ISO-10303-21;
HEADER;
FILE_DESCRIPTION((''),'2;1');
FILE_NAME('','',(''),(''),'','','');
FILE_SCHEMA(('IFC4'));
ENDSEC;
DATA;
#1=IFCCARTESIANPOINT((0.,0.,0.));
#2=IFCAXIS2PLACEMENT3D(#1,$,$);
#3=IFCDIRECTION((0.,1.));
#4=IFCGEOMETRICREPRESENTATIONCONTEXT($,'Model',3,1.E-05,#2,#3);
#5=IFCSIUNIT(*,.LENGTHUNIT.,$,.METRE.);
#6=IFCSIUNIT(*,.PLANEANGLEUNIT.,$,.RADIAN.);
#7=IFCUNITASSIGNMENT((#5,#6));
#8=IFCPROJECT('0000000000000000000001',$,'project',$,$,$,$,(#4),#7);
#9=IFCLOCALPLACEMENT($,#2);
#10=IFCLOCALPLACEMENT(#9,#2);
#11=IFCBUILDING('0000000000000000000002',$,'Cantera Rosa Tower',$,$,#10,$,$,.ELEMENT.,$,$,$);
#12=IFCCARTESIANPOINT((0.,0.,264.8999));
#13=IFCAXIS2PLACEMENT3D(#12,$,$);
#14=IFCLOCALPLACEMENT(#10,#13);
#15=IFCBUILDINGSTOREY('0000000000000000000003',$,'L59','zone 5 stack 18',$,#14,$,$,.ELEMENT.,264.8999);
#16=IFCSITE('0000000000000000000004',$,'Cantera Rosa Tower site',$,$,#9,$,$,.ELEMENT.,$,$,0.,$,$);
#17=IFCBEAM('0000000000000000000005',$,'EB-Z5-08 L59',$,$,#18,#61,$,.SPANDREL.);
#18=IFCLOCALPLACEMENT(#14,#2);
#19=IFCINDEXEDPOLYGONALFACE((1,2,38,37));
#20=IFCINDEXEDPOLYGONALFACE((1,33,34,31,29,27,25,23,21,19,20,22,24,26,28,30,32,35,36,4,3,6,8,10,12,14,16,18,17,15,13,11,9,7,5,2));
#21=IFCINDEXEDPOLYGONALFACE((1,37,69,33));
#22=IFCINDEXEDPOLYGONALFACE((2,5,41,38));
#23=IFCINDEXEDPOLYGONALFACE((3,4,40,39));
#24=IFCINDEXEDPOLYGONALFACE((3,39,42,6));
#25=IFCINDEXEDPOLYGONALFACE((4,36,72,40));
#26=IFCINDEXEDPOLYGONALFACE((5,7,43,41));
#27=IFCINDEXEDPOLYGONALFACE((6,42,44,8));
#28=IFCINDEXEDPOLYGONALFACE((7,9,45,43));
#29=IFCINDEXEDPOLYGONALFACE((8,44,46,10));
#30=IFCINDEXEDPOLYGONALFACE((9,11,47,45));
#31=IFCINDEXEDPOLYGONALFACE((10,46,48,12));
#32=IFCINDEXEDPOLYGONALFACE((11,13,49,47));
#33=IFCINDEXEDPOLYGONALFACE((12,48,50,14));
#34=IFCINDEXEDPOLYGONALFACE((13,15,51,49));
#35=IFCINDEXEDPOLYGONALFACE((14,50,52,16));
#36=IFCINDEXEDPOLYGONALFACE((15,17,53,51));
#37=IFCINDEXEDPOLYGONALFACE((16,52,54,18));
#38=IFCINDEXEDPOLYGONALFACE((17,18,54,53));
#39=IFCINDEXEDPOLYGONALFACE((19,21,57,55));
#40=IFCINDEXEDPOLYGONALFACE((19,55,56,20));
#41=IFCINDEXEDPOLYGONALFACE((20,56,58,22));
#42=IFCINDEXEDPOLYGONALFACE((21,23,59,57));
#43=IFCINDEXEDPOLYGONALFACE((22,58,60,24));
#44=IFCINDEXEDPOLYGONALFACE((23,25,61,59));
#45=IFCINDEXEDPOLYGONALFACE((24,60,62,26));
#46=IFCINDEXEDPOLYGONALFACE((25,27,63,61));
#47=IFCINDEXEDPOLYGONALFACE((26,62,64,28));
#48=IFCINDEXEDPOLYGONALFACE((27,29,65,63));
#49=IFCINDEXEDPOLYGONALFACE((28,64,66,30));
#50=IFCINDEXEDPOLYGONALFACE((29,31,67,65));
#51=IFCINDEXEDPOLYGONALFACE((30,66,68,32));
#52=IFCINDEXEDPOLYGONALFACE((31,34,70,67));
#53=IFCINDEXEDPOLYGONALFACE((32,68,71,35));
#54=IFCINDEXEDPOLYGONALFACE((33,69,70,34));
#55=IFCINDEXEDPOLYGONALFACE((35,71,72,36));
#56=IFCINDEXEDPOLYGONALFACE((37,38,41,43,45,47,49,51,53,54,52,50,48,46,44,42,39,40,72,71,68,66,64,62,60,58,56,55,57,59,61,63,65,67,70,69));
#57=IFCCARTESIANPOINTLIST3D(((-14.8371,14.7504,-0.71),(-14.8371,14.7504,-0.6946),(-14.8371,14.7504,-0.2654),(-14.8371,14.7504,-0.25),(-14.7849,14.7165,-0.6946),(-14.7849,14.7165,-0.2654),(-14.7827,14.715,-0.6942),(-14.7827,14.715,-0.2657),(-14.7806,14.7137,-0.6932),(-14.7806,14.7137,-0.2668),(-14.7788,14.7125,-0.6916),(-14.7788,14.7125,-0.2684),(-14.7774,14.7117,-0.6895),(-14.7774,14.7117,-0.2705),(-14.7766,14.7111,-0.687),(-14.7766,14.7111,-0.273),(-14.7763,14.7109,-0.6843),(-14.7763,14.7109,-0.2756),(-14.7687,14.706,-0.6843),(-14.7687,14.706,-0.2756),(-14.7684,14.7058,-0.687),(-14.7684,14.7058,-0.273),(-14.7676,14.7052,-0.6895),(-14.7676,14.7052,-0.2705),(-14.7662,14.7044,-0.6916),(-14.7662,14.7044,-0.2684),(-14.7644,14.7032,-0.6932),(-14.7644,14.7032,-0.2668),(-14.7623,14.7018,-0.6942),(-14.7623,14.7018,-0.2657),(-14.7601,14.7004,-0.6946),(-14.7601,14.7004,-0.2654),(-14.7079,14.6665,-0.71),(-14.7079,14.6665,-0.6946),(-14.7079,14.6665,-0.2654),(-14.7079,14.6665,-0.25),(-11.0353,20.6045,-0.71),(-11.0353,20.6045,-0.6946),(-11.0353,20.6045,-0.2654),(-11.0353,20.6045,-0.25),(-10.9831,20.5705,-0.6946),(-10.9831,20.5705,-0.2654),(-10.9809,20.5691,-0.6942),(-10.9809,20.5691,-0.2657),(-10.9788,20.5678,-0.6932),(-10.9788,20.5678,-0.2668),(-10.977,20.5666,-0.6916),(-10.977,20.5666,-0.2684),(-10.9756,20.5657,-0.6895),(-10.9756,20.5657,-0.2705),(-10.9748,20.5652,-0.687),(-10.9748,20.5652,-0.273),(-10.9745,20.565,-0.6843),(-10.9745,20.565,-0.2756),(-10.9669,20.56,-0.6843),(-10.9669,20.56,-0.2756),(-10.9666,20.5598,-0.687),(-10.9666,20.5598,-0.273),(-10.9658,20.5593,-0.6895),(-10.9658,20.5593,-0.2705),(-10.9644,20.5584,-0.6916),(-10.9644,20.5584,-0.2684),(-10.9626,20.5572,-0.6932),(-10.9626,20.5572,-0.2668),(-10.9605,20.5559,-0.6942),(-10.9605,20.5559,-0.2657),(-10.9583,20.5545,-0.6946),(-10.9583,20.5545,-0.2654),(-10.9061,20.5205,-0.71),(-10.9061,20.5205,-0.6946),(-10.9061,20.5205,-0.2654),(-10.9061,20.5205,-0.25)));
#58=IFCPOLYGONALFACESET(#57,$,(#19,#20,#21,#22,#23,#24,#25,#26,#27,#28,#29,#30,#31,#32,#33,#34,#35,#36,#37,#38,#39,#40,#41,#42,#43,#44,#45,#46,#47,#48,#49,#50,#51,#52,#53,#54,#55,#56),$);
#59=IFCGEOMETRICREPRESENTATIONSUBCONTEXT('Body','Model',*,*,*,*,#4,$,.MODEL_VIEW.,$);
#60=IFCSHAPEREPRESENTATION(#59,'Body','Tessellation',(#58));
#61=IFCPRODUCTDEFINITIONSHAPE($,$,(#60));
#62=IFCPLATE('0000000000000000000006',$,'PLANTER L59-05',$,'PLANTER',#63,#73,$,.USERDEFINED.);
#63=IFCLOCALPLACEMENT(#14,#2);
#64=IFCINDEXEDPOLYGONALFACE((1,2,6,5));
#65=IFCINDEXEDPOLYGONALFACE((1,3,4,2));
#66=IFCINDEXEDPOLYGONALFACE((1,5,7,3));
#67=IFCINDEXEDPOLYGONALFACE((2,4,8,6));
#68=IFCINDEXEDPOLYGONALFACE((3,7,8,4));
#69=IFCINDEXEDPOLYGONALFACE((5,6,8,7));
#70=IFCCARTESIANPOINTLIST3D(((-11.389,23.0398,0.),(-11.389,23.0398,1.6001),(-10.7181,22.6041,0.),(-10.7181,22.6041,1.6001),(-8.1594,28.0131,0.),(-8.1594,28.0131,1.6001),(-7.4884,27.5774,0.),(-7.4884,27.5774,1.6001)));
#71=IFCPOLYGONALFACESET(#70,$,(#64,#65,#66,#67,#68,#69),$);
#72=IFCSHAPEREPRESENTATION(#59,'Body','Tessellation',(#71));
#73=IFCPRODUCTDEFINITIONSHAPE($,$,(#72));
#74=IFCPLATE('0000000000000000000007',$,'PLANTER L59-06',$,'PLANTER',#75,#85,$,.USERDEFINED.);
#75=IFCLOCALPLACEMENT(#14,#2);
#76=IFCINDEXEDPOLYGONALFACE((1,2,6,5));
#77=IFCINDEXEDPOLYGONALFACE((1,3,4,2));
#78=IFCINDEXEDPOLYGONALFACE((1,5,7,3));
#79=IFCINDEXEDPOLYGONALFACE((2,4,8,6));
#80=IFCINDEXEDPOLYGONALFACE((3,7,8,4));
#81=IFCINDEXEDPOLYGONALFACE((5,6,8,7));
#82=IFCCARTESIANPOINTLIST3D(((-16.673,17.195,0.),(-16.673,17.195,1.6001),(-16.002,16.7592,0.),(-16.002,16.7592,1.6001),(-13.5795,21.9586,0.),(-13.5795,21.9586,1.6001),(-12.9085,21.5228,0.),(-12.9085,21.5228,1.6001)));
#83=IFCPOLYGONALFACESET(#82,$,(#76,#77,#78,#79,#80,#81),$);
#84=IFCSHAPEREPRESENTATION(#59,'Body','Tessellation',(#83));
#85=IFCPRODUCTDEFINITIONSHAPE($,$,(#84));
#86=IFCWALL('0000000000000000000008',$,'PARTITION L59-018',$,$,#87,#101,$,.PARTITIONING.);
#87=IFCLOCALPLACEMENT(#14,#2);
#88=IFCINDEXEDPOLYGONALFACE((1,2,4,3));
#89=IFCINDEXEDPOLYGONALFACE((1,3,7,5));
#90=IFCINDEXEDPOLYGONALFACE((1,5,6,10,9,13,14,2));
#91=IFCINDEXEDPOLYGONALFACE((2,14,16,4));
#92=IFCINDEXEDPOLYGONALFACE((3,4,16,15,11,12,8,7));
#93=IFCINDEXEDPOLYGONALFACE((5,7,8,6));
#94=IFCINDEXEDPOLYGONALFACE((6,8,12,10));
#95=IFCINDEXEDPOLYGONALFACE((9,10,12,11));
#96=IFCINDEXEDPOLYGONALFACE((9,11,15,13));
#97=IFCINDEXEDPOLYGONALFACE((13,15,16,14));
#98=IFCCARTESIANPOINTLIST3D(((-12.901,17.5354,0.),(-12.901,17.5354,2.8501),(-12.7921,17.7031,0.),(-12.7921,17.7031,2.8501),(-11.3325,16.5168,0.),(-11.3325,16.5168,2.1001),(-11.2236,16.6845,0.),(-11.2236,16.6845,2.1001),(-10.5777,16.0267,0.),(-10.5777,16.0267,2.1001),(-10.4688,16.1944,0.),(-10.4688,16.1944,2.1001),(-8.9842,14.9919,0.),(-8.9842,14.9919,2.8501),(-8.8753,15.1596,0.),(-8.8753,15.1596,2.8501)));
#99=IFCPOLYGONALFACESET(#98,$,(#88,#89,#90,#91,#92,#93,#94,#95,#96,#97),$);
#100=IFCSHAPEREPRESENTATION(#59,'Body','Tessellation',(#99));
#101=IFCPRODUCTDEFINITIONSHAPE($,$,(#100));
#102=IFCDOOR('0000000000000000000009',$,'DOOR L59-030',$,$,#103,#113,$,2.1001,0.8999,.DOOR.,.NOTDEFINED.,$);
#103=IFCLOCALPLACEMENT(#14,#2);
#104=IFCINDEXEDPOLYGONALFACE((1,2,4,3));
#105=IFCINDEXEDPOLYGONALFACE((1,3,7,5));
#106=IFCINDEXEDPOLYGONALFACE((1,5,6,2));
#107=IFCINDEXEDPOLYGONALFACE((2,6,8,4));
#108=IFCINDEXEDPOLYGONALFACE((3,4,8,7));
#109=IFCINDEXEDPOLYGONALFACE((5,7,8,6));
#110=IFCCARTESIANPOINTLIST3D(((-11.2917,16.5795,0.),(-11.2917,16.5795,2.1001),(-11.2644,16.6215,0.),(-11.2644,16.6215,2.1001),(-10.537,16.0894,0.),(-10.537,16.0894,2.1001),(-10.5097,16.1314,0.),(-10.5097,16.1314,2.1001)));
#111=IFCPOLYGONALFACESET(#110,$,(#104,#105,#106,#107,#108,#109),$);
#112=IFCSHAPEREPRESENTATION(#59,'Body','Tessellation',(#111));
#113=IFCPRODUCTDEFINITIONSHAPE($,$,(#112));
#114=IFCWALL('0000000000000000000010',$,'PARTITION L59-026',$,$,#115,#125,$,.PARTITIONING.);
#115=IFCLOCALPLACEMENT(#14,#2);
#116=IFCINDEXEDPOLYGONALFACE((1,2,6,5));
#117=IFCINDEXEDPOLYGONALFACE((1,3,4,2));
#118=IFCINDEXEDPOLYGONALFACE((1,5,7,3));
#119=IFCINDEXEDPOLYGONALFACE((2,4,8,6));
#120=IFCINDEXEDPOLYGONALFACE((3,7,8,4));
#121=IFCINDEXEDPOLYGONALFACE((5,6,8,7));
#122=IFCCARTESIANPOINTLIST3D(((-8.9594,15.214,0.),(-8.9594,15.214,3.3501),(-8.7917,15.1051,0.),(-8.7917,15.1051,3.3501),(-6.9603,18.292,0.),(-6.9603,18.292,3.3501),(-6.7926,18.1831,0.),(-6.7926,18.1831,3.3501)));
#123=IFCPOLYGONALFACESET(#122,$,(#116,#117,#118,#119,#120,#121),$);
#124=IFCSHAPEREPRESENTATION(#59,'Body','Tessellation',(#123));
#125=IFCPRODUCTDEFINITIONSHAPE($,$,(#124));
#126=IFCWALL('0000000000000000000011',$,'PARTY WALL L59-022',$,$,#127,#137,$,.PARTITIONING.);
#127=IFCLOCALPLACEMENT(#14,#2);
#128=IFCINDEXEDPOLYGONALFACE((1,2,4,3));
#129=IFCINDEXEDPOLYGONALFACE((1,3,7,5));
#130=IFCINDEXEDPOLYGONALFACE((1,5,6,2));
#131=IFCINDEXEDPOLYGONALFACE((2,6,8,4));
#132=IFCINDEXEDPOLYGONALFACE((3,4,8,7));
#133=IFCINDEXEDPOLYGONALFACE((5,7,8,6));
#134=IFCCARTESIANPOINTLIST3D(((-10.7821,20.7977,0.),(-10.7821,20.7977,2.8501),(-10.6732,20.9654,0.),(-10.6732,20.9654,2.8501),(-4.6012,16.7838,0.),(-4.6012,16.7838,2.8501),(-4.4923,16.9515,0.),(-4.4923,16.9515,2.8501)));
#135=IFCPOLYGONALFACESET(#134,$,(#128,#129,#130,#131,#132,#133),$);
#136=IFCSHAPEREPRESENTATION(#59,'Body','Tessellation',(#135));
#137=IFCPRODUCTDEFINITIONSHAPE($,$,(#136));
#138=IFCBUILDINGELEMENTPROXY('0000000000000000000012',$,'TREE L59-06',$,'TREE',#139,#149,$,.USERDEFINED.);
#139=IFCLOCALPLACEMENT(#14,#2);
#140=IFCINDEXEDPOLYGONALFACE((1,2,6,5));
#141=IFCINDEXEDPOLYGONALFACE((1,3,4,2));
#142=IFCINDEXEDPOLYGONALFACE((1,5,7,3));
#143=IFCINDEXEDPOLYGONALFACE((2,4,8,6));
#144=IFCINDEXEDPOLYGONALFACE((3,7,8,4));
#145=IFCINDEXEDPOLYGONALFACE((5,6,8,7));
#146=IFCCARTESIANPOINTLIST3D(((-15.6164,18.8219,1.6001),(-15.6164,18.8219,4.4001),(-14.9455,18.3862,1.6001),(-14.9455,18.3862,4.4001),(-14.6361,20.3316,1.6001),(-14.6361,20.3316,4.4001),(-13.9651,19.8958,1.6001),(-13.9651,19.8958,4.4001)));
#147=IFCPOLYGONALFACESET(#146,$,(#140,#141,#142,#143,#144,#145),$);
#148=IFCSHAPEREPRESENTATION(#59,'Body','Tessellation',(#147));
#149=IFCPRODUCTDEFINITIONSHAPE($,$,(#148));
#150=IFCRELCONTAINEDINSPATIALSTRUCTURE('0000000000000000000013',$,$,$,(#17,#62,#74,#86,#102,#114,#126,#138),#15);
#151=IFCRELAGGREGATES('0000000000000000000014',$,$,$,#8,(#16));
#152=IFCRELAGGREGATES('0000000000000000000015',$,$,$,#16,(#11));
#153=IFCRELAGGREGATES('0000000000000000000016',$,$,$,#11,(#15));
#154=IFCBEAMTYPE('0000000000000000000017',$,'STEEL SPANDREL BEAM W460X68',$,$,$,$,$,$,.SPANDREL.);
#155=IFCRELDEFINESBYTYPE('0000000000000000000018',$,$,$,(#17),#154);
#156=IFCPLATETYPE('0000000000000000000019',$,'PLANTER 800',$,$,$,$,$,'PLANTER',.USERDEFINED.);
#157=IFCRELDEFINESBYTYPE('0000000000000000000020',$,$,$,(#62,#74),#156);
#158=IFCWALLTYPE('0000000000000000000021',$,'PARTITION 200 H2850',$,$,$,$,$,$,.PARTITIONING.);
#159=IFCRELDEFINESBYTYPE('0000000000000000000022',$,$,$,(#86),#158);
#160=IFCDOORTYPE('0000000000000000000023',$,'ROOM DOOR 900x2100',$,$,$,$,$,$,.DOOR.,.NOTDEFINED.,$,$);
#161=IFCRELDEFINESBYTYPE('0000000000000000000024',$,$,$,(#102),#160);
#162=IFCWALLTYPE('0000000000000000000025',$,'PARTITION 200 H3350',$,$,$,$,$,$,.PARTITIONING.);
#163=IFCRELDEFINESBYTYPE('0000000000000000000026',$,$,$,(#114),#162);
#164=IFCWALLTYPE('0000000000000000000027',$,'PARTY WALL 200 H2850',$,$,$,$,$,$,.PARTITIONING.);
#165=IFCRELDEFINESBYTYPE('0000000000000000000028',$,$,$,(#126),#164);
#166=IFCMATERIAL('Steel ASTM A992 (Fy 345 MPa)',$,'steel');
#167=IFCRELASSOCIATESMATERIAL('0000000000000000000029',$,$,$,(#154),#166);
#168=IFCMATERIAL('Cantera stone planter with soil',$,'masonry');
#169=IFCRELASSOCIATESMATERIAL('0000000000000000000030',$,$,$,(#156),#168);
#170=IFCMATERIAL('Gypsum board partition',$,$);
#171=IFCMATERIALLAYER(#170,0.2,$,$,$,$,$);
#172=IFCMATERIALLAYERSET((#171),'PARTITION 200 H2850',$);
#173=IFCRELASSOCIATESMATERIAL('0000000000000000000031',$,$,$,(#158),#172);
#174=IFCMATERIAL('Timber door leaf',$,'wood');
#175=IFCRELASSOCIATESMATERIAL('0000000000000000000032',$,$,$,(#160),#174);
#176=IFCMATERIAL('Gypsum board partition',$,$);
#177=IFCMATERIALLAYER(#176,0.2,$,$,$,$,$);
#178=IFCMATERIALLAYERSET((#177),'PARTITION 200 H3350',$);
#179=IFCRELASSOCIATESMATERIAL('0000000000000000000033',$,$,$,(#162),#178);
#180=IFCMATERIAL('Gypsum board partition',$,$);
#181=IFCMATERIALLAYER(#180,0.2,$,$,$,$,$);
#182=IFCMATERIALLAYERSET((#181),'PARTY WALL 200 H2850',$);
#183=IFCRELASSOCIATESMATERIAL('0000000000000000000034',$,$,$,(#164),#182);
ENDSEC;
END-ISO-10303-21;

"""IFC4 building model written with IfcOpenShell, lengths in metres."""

from ifc_helpers import new_model, si_unit, direction, frame, frame_2d, origin, origin_2d, place, context, subcontext, project, spatial, rectangle, i_section, extrude, material, layer, layer_set, material_profile, profile_set, type_object, element, fill, save


model = new_model("IFC4")

# Units and contexts
model_context = context("Model", 3, precision=1e-05, world=origin(), true_north=direction((0.0, 1.0)))
body_context = subcontext(model_context, "Body", "Model", "MODEL_VIEW")
ifc_project = project(units=[si_unit("LENGTHUNIT", "METRE"), si_unit("PLANEANGLEUNIT", "RADIAN")], contexts=[model_context])

# Site, building, storey
site_placement = place(None, origin())
site = spatial("IfcSite", under=ifc_project, at=site_placement, Name="Cantera Rosa Tower site", CompositionType="ELEMENT", RefElevation=0.0)
building_placement = place(site_placement, origin())
building = spatial("IfcBuilding", under=site, at=building_placement, Name="Cantera Rosa Tower", CompositionType="ELEMENT")
storey_placement = place(building_placement, frame((0.0, 0.0, 264.8999)))
storey = spatial("IfcBuildingStorey", under=building, at=storey_placement, Name="L59", Description="zone 5 stack 18", CompositionType="ELEMENT", Elevation=264.8999)

# Beam
ifc_material_1 = material(Name="Steel ASTM A992 (Fy 345 MPa)", Category="steel")
ifc_material_profile_1 = material_profile(ifc_material_1, i_section(OverallWidth=0.1541, OverallDepth=0.46, WebThickness=0.009, FlangeThickness=0.0154, FilletRadius=0.0103, at=origin_2d()), Name="W460X68")
ifc_profile_set_1 = profile_set([ifc_material_profile_1], Name="Steel ASTM A992 (Fy 345 MPa)")
beam_type_1 = type_object("IfcBeamType", Name="STEEL SPANDREL BEAM W460X68", PredefinedType="SPANDREL", material=ifc_profile_set_1)
beam_1_placement = place(storey_placement, frame((-10.9707, 20.5625, -0.48), z_axis=(-0.544651, -0.838663, 0.0), x_axis=(0.838663, -0.544651, 0.0)))
element("IfcBeam", 1, at=beam_1_placement, inside=storey, type_object=beam_type_1, Name="EB-Z5-08 L59", PredefinedType="SPANDREL", context=body_context, shape_type="SweptSolid", body=[
    extrude(i_section(OverallWidth=0.1541, OverallDepth=0.46, WebThickness=0.009, FlangeThickness=0.0154, FilletRadius=0.0103, at=origin_2d()), origin(), (0.0, 0.0, 1.0), 6.9802),
])

# Plates
ifc_material_2 = material(Name="Cantera stone planter with soil", Category="masonry")
plate_type = type_object("IfcPlateType", Name="PLANTER 800", ElementType="PLANTER", PredefinedType="USERDEFINED", material=ifc_material_2)
plate_1_placement = place(storey_placement, frame((-9.4387, 25.3086, 0.0), z_axis=(0.0, 0.0, 1.0), x_axis=(-0.544639, -0.838671, 0.0)))
element("IfcPlate", 2, at=plate_1_placement, inside=storey, type_object=plate_type, Name="PLANTER L59-05", ObjectType="PLANTER", PredefinedType="USERDEFINED", context=body_context, shape_type="SweptSolid", body=[
    extrude(rectangle(XDim=5.9299, YDim=0.8, at=origin_2d()), origin(), (0.0, 0.0, 1.0), 1.6001),
])
plate_2_placement = place(storey_placement, frame((-14.7908, 19.3589, 0.0), z_axis=(0.0, 0.0, 1.0), x_axis=(-0.544639, -0.838671, 0.0)))
element("IfcPlate", 3, at=plate_2_placement, inside=storey, type_object=plate_type, Name="PLANTER L59-06", ObjectType="PLANTER", PredefinedType="USERDEFINED", context=body_context, shape_type="SweptSolid", body=[
    extrude(rectangle(XDim=5.6799, YDim=0.8, at=origin_2d()), origin(), (0.0, 0.0, 1.0), 1.6001),
])

# Wall, opening, door
ifc_material_3 = material(Name="Gypsum board partition")
ifc_layer_1 = layer(ifc_material_3, 0.2)
ifc_layer_set_1 = layer_set([ifc_layer_1], Name="PARTITION 200 H2850")
wall_type_1 = type_object("IfcWallType", Name="PARTITION 200 H2850", PredefinedType="PARTITIONING", material=ifc_layer_set_1)
wall_1_placement = place(storey_placement, frame((-12.8464, 17.6191, 0.0), z_axis=(0.0, 0.0, 1.0), x_axis=(0.838681, -0.544623, 0.0)))
wall_1 = element("IfcWall", 4, at=wall_1_placement, inside=storey, type_object=wall_type_1, Name="PARTITION L59-018", PredefinedType="PARTITIONING", context=body_context, shape_type="SweptSolid", body=[
    extrude(rectangle(XDim=4.6702, YDim=0.2, at=frame_2d((2.335, 0.0))), origin(), (0.0, 0.0, 1.0), 2.8501),
])
opening_1_placement = place(wall_1_placement, frame((1.8701, 0.0, 0.0)))
opening_1 = element("IfcOpeningElement", 5, at=opening_1_placement, cuts=wall_1, PredefinedType="OPENING", context=body_context, shape_type="SweptSolid", body=[
    extrude(rectangle(XDim=0.8999, YDim=2.1001, at=frame_2d((0.45, 1.05))), frame((0.0, 0.1099, 0.0), z_axis=(0.0, -1.0, 0.0), x_axis=(1.0, 0.0, 0.0)), (0.0, 0.0, 1.0), 0.22),
])
ifc_material_4 = material(Name="Timber door leaf", Category="wood")
door_type_1 = type_object("IfcDoorType", Name="ROOM DOOR 900x2100", OperationType="NOTDEFINED", PredefinedType="DOOR", material=ifc_material_4)
door_1_placement = place(opening_1_placement, origin())
door_1 = element("IfcDoor", 6, at=door_1_placement, inside=storey, type_object=door_type_1, Name="DOOR L59-030", OperationType="NOTDEFINED", OverallHeight=2.1001, OverallWidth=0.8999, PredefinedType="DOOR", context=body_context, shape_type="SweptSolid", body=[
    extrude(rectangle(XDim=0.8999, YDim=2.1001, at=frame_2d((0.45, 1.05))), frame((0.0, 0.0249, 0.0), z_axis=(0.0, -1.0, 0.0), x_axis=(1.0, 0.0, 0.0)), (0.0, 0.0, 1.0), 0.05),
])
fill(opening_1, door_1)

# Walls
ifc_material_5 = material(Name="Gypsum board partition")
ifc_layer_2 = layer(ifc_material_5, 0.2)
ifc_layer_set_2 = layer_set([ifc_layer_2], Name="PARTITION 200 H3350")
wall_type_2 = type_object("IfcWallType", Name="PARTITION 200 H3350", PredefinedType="PARTITIONING", material=ifc_layer_set_2)
wall_2_placement = place(storey_placement, frame((-8.8755, 15.1597, 0.0), z_axis=(0.0, 0.0, 1.0), x_axis=(0.544682, 0.838643, 0.0)))
element("IfcWall", 7, at=wall_2_placement, inside=storey, type_object=wall_type_2, Name="PARTITION L59-026", PredefinedType="PARTITIONING", context=body_context, shape_type="SweptSolid", body=[
    extrude(rectangle(XDim=3.6702, YDim=0.2, at=frame_2d((1.835, 0.0))), origin(), (0.0, 0.0, 1.0), 3.3501),
])
ifc_material_6 = material(Name="Gypsum board partition")
ifc_layer_3 = layer(ifc_material_6, 0.2)
ifc_layer_set_3 = layer_set([ifc_layer_3], Name="PARTY WALL 200 H2850")
wall_type_3 = type_object("IfcWallType", Name="PARTY WALL 200 H2850", PredefinedType="PARTITIONING", material=ifc_layer_set_3)
wall_3_placement = place(storey_placement, frame((-10.7278, 20.8816, 0.0), z_axis=(0.0, 0.0, 1.0), x_axis=(0.838671, -0.544638, 0.0)))
element("IfcWall", 8, at=wall_3_placement, inside=storey, type_object=wall_type_3, Name="PARTY WALL L59-022", PredefinedType="PARTITIONING", context=body_context, shape_type="SweptSolid", body=[
    extrude(rectangle(XDim=7.3699, YDim=0.2, at=frame_2d((3.6851, 0.0))), origin(), (0.0, 0.0, 1.0), 2.8501),
])

# Building element proxy
proxy_placement = place(storey_placement, frame((-14.7908, 19.3589, 1.6001), z_axis=(0.0, 0.0, 1.0), x_axis=(-0.544639, -0.838671, 0.0)))
element("IfcBuildingElementProxy", 9, at=proxy_placement, inside=storey, Name="TREE L59-06", ObjectType="TREE", PredefinedType="USERDEFINED", context=body_context, shape_type="SweptSolid", body=[
    extrude(rectangle(XDim=1.8, YDim=0.8, at=origin_2d()), origin(), (0.0, 0.0, 1.0), 2.8),
])

save(model, "model.ifc")
